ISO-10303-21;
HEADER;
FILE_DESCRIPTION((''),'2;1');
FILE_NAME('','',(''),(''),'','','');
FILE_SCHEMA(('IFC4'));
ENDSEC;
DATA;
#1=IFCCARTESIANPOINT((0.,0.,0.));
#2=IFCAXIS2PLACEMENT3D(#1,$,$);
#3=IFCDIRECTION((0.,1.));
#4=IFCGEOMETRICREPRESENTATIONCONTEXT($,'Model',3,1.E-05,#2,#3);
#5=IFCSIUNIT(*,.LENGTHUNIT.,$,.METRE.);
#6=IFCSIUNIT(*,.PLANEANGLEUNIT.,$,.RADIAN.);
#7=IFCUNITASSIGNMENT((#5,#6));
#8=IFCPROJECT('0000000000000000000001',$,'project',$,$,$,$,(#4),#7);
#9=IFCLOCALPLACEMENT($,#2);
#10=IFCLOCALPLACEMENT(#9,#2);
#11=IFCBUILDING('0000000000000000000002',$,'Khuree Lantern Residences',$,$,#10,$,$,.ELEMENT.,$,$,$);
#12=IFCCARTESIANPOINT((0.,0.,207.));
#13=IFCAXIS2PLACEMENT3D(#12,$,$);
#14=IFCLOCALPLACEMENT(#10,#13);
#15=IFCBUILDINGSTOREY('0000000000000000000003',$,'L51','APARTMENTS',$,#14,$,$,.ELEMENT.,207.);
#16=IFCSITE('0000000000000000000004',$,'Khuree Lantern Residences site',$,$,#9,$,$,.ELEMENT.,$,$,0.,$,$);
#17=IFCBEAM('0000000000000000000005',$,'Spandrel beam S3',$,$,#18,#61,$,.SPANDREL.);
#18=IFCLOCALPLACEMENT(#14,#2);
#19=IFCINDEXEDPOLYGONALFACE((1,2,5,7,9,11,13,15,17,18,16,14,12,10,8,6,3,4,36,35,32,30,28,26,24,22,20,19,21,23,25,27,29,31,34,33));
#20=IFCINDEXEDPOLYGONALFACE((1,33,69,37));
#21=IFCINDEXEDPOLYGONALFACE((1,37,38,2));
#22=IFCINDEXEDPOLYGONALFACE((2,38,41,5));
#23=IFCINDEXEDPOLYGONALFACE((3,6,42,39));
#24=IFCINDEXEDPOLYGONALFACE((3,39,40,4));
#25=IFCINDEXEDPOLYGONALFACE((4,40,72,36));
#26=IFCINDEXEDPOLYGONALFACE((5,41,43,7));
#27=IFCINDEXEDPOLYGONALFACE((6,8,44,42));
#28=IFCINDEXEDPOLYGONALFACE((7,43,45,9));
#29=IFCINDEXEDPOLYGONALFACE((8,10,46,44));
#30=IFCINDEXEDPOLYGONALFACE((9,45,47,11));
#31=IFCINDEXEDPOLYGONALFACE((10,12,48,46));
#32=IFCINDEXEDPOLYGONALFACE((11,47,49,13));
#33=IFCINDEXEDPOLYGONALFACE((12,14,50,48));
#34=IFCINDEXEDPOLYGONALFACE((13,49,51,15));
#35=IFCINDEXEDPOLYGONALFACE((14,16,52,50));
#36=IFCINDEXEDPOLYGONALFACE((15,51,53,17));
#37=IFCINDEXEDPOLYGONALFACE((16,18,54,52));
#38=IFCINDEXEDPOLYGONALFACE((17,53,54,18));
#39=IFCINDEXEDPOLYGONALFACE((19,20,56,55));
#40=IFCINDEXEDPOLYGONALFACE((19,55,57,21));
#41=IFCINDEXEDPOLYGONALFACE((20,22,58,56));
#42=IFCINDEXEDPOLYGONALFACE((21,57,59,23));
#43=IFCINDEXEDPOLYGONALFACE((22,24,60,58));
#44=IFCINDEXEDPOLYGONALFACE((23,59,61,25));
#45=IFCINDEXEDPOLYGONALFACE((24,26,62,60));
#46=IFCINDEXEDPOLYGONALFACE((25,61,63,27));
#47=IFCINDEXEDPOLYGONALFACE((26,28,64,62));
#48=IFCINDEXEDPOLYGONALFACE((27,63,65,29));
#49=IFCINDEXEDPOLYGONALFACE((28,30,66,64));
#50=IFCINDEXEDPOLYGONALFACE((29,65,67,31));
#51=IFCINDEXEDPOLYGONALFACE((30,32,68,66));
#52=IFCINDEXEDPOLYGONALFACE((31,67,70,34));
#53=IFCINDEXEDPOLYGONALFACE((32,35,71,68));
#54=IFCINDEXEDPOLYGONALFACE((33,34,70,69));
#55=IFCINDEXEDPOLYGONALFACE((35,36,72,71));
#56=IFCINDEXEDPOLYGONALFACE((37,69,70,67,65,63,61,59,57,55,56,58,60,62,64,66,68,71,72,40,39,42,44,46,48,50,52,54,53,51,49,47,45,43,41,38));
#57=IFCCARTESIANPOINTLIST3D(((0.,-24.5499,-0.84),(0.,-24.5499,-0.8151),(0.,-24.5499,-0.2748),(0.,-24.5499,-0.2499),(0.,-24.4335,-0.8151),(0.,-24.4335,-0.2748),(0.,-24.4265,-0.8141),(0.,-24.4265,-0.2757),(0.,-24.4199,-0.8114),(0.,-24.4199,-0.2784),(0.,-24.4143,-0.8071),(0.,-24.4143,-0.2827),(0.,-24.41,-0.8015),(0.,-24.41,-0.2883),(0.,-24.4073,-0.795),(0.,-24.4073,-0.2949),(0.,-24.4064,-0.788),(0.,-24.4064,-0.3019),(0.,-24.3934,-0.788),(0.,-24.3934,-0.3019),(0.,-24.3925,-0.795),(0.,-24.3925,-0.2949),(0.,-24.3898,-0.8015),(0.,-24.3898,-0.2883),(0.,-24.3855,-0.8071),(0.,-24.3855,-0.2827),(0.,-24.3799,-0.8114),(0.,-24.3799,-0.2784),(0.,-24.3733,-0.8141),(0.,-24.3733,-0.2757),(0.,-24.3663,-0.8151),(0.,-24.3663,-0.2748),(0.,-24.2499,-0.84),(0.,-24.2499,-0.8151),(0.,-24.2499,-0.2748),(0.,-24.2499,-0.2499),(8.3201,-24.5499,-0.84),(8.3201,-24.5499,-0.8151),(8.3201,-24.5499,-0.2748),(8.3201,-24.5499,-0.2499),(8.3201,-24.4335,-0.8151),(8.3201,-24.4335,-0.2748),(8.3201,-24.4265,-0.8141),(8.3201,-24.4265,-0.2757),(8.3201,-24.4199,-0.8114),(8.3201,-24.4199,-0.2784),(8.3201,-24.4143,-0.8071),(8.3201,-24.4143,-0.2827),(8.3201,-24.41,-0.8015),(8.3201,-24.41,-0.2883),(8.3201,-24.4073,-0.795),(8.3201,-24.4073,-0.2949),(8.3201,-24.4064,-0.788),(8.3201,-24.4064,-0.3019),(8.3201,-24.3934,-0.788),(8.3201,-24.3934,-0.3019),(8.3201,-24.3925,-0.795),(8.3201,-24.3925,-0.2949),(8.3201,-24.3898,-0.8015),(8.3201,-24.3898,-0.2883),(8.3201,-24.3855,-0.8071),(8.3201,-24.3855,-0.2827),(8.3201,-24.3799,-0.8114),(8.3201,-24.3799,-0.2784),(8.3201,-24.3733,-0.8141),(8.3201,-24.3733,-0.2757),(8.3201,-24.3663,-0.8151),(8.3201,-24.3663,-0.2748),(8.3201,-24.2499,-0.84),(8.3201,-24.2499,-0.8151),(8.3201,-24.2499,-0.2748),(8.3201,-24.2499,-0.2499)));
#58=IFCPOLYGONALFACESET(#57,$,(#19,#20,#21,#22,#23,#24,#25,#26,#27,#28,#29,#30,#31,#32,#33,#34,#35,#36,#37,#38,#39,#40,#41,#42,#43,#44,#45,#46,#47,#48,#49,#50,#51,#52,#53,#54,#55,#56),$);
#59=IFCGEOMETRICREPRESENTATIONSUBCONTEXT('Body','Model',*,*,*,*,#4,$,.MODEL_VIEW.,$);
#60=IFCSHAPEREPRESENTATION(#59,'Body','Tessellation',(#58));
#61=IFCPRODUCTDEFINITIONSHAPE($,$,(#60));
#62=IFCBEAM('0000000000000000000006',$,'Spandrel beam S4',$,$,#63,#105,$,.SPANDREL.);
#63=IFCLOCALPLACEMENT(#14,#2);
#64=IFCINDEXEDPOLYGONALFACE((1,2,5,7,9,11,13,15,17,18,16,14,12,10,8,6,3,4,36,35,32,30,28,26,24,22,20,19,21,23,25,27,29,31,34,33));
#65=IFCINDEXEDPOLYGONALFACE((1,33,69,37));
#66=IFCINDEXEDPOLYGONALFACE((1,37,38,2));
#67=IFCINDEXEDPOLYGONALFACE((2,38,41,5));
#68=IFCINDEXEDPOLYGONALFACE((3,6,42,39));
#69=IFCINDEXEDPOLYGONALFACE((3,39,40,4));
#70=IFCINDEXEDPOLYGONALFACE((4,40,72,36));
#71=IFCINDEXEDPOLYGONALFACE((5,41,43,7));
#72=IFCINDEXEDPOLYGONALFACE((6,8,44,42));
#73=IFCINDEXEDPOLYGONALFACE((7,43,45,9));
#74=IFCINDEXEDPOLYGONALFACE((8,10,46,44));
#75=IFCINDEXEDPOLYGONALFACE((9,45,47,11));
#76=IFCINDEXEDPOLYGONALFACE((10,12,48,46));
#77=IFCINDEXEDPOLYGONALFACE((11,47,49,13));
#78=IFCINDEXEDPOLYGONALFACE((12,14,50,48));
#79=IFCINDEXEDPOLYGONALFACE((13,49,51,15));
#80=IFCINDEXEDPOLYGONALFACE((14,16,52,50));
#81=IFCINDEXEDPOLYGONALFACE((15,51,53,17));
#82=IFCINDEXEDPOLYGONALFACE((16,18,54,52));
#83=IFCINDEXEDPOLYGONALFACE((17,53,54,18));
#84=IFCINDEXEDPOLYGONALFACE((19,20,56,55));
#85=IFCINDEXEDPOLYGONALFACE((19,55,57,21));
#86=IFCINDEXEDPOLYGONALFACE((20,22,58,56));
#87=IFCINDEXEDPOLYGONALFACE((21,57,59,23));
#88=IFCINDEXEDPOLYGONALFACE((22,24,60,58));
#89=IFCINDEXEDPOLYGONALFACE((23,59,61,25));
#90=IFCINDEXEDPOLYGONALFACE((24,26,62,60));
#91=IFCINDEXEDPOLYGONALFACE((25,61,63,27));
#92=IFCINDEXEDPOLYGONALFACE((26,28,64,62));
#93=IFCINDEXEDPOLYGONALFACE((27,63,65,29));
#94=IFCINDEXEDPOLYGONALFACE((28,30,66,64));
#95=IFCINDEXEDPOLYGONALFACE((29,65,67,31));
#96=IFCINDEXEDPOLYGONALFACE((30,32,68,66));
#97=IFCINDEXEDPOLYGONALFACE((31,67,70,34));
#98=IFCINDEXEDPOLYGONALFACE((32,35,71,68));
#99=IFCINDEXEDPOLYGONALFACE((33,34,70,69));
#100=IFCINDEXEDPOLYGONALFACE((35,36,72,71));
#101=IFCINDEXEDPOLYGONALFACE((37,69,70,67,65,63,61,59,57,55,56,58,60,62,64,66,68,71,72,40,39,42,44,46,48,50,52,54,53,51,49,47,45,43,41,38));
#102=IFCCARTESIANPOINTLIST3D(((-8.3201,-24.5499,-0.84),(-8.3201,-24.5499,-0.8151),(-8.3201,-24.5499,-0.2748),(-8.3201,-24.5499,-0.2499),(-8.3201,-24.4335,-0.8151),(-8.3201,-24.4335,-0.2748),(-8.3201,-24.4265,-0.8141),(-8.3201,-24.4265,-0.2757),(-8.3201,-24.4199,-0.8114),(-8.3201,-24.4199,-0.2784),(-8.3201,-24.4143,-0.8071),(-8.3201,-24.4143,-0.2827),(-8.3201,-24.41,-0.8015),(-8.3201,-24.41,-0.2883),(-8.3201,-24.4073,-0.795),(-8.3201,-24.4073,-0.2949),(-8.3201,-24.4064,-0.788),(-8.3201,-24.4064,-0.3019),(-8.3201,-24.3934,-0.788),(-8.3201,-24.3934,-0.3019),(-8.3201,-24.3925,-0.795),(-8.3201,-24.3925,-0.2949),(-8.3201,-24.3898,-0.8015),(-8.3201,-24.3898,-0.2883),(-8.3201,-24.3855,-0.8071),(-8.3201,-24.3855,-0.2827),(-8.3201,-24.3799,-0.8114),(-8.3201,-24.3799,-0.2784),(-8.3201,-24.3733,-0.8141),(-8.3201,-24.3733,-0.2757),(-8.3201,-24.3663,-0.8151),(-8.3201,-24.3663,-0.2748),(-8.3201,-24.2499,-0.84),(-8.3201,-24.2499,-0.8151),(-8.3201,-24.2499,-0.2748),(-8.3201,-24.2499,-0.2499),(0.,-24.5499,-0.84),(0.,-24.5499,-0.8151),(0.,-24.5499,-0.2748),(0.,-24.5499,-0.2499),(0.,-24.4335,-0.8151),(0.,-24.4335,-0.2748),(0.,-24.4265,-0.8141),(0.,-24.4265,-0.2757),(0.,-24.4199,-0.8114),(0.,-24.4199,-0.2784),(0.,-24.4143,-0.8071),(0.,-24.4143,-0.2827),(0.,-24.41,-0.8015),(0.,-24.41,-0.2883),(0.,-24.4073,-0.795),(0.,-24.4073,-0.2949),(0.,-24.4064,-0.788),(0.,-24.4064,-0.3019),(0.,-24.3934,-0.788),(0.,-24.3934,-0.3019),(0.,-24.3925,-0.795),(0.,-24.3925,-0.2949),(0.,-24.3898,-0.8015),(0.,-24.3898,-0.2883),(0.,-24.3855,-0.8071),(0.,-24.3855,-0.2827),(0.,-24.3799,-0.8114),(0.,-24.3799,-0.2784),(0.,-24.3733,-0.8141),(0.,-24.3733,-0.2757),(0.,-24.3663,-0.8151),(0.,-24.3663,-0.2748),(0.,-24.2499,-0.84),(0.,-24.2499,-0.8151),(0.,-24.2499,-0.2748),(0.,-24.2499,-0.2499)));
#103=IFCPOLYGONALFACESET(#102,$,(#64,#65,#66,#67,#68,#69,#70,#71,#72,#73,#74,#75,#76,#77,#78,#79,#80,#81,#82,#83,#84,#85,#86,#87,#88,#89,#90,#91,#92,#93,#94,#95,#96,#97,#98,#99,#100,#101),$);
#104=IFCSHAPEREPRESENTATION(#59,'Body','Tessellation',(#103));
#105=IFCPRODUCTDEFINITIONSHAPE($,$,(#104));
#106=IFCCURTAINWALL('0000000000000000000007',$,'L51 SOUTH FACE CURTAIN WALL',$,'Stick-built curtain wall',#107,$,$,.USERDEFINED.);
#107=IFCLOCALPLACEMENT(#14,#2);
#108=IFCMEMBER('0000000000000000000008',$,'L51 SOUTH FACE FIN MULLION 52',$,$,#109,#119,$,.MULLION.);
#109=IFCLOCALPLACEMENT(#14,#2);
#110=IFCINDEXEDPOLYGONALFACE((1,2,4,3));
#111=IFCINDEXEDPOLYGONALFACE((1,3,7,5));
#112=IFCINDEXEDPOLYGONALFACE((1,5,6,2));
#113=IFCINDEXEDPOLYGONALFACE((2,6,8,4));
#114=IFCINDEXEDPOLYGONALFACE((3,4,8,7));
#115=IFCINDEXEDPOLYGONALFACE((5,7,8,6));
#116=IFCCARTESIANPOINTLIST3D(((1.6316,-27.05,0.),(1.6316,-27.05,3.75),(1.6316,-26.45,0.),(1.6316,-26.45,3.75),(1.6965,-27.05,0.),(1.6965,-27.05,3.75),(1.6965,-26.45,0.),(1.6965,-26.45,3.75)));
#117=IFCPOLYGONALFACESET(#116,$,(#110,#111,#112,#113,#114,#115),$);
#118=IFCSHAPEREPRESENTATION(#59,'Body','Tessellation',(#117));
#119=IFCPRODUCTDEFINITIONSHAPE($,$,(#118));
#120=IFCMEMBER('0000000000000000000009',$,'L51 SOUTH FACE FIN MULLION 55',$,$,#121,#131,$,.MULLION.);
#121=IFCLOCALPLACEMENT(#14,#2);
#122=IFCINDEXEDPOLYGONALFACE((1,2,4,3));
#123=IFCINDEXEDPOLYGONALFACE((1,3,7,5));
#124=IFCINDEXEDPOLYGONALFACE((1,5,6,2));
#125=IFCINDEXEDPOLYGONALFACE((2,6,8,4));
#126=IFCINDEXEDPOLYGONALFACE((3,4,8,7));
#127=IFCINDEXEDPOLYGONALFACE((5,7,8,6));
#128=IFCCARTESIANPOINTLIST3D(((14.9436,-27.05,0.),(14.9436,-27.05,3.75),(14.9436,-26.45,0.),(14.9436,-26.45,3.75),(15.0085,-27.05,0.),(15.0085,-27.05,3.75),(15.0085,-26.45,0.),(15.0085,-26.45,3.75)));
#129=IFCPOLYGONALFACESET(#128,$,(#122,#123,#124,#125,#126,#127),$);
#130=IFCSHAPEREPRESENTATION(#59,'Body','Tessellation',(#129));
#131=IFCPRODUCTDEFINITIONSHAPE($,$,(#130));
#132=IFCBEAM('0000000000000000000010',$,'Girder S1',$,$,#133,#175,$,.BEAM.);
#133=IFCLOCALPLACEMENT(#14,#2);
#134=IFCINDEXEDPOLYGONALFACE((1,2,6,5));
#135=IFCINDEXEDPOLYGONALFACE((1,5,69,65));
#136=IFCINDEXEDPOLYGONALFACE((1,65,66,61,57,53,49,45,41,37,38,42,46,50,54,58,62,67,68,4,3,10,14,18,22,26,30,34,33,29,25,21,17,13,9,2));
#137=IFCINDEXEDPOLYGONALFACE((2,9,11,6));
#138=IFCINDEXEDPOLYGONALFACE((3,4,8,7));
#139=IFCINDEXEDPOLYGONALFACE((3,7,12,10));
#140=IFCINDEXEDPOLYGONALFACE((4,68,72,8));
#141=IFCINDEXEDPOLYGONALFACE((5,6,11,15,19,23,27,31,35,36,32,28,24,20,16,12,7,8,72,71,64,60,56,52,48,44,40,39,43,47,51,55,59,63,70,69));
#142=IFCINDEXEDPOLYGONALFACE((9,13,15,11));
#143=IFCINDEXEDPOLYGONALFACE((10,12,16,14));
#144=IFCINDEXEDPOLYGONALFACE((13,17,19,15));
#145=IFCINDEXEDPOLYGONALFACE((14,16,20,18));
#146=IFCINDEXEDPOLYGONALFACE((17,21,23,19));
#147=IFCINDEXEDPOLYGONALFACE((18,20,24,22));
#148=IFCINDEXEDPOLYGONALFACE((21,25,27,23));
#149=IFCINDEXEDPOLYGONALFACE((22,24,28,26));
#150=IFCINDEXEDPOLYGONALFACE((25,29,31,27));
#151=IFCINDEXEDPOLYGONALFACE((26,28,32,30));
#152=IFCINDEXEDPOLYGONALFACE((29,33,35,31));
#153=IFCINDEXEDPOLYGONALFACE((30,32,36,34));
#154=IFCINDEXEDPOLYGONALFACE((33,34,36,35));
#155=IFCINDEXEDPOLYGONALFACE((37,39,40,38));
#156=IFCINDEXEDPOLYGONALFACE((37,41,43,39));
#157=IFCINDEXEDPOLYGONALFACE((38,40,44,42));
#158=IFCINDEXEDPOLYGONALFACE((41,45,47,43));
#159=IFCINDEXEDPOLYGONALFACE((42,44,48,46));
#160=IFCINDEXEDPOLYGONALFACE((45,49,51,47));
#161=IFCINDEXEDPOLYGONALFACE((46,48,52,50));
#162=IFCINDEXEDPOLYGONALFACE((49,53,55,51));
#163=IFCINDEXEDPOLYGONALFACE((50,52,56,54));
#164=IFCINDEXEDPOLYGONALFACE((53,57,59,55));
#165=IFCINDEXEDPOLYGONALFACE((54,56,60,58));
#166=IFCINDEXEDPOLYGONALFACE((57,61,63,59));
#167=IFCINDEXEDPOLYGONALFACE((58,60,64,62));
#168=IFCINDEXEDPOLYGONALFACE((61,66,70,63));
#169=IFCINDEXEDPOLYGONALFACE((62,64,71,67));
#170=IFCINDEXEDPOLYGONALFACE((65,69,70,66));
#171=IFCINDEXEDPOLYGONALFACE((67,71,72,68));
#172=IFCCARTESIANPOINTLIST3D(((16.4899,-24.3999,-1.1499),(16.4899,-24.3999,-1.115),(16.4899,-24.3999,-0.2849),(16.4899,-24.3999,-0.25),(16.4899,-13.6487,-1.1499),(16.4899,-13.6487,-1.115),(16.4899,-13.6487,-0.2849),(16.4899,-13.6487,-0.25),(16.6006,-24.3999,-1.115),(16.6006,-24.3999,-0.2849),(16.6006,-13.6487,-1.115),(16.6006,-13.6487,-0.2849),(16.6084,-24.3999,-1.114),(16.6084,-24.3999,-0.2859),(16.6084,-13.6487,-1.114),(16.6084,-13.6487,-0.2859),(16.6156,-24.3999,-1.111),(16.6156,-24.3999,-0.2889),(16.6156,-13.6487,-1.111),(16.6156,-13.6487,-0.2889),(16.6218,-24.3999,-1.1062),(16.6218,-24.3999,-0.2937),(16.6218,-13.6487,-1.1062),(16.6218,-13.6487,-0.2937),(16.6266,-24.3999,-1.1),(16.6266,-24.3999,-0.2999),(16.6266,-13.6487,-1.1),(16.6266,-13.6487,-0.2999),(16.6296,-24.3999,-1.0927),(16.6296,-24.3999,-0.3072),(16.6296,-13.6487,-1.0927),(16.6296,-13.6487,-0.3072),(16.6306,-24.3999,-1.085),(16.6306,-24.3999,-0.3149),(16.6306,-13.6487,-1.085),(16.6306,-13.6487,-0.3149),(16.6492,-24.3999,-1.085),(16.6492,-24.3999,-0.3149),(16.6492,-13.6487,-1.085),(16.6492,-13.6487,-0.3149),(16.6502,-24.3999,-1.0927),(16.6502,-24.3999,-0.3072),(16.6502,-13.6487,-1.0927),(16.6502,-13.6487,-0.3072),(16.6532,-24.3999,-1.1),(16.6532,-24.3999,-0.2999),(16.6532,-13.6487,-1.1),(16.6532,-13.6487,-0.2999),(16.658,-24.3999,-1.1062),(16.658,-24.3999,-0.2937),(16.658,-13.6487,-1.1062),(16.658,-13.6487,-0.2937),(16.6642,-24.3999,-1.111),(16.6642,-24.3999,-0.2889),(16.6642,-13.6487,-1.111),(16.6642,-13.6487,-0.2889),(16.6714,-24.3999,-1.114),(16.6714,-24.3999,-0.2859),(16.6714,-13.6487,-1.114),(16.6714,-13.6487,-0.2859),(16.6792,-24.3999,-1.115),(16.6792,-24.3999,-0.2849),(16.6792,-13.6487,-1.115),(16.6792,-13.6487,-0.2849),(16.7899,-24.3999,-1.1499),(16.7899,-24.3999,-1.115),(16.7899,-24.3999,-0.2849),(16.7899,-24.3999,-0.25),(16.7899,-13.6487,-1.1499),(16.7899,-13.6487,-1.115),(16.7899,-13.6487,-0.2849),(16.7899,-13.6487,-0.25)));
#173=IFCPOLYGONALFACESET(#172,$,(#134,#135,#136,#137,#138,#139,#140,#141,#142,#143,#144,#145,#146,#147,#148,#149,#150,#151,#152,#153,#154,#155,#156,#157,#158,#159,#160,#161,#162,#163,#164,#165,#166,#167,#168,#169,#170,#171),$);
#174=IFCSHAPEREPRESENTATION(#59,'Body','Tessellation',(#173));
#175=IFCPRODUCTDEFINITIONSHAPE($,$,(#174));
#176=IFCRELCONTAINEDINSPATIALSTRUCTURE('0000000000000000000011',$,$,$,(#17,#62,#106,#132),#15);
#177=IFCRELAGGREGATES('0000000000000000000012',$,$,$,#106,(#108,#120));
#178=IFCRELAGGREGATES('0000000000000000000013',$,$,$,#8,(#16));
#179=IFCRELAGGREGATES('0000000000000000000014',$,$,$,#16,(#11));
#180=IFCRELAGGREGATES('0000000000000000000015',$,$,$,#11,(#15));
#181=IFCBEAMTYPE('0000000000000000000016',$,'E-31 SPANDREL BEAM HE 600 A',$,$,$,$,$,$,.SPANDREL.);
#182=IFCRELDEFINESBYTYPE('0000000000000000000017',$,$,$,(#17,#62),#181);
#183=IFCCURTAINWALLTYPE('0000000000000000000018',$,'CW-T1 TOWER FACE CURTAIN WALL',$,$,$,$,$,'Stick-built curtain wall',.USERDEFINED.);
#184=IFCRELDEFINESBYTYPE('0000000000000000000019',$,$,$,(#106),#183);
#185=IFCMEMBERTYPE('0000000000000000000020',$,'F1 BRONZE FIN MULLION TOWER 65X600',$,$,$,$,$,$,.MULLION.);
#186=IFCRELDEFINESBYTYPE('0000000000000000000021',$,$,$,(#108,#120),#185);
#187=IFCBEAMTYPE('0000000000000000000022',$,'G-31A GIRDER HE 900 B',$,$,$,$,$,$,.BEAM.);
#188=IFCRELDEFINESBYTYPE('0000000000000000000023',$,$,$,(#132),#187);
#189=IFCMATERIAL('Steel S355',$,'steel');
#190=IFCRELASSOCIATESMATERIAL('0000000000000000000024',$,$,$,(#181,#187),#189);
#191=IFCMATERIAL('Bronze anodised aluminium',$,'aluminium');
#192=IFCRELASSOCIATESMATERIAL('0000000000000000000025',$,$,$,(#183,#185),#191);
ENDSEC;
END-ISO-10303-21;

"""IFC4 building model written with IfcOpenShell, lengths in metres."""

from ifc_helpers import new_model, si_unit, direction, frame, origin, origin_2d, place, context, subcontext, project, spatial, rectangle, i_section, extrude, material, material_profile, profile_set, type_object, element, aggregate, save


model = new_model("IFC4")

# Units and contexts
model_context = context("Model", 3, precision=1e-05, world=origin(), true_north=direction((0.0, 1.0)))
body_context = subcontext(model_context, "Body", "Model", "MODEL_VIEW")
ifc_project = project(units=[si_unit("LENGTHUNIT", "METRE"), si_unit("PLANEANGLEUNIT", "RADIAN")], contexts=[model_context])

# Site, building, storey
site_placement = place(None, origin())
site = spatial("IfcSite", under=ifc_project, at=site_placement, Name="Khuree Lantern Residences site", CompositionType="ELEMENT", RefElevation=0.0)
building_placement = place(site_placement, origin())
building = spatial("IfcBuilding", under=site, at=building_placement, Name="Khuree Lantern Residences", CompositionType="ELEMENT")
storey_placement = place(building_placement, frame((0.0, 0.0, 207.0)))
storey = spatial("IfcBuildingStorey", under=building, at=storey_placement, Name="L51", Description="APARTMENTS", CompositionType="ELEMENT", Elevation=207.0)

# Beams
ifc_material_1 = material(Name="Steel S355", Category="steel")
ifc_material_profile_1 = material_profile(ifc_material_1, i_section(OverallWidth=0.3, OverallDepth=0.5901, WebThickness=0.0129, FlangeThickness=0.0249, FilletRadius=0.0271, at=origin_2d()), Name="HE 600 A")
ifc_profile_set_1 = profile_set([ifc_material_profile_1], Name="Steel S355")
beam_type_1 = type_object("IfcBeamType", Name="E-31 SPANDREL BEAM HE 600 A", PredefinedType="SPANDREL", material=ifc_profile_set_1)
for number, where, z_axis, x_axis, name in (
    (1, (8.3201, -24.3999, -0.5449), (-1.0, 0.0, 0.0), (0.0, -1.0, 0.0), "Spandrel beam S3"),
    (2, (0.0, -24.3999, -0.5449), (-1.0, 0.0, 0.0), (0.0, -1.0, 0.0), "Spandrel beam S4"),
):
    element("IfcBeam", number, at=place(storey_placement, frame(where, z_axis=z_axis, x_axis=x_axis)), inside=storey, type_object=beam_type_1, Name=name, PredefinedType="SPANDREL", context=body_context, shape_type="SweptSolid", body=[
        extrude(i_section(OverallWidth=0.3, OverallDepth=0.5901, WebThickness=0.0129, FlangeThickness=0.0249, FilletRadius=0.0271, at=origin_2d()), origin(), (0.0, 0.0, 1.0), 8.3201),
    ])

# Curtain wall, members
ifc_material_2 = material(Name="Bronze anodised aluminium", Category="aluminium")
curtain_wall_type = type_object("IfcCurtainWallType", Name="CW-T1 TOWER FACE CURTAIN WALL", ElementType="Stick-built curtain wall", PredefinedType="USERDEFINED", material=ifc_material_2)
curtain_wall_placement = place(storey_placement, origin())
curtain_wall = element("IfcCurtainWall", 3, at=curtain_wall_placement, inside=storey, type_object=curtain_wall_type, Name="L51 SOUTH FACE CURTAIN WALL", ObjectType="Stick-built curtain wall", PredefinedType="USERDEFINED")
ifc_material_profile_2 = material_profile(ifc_material_2, rectangle(XDim=0.0649, YDim=0.6001, at=origin_2d()), Name="F1 65X600")
ifc_profile_set_2 = profile_set([ifc_material_profile_2], Name="Bronze anodised aluminium")
member_type_1 = type_object("IfcMemberType", Name="F1 BRONZE FIN MULLION TOWER 65X600", PredefinedType="MULLION", material=ifc_profile_set_2)
member_1_placement = place(storey_placement, frame((1.6641, -26.75, 0.0), z_axis=(0.0, 0.0, 1.0), x_axis=(1.0, 0.0, 0.0)))
member_1 = element("IfcMember", 4, at=member_1_placement, type_object=member_type_1, Name="L51 SOUTH FACE FIN MULLION 52", PredefinedType="MULLION", context=body_context, shape_type="SweptSolid", body=[
    extrude(rectangle(XDim=0.0649, YDim=0.6001, at=origin_2d()), origin(), (0.0, 0.0, 1.0), 3.75),
])
member_2_placement = place(storey_placement, frame((14.9761, -26.75, 0.0), z_axis=(0.0, 0.0, 1.0), x_axis=(1.0, 0.0, 0.0)))
member_2 = element("IfcMember", 5, at=member_2_placement, type_object=member_type_1, Name="L51 SOUTH FACE FIN MULLION 55", PredefinedType="MULLION", context=body_context, shape_type="SweptSolid", body=[
    extrude(rectangle(XDim=0.0649, YDim=0.6001, at=origin_2d()), origin(), (0.0, 0.0, 1.0), 3.75),
])

# Beam
ifc_material_profile_3 = material_profile(ifc_material_1, i_section(OverallWidth=0.3, OverallDepth=0.8999, WebThickness=0.0186, FlangeThickness=0.0349, FilletRadius=0.03, at=origin_2d()), Name="HE 900 B")
ifc_profile_set_3 = profile_set([ifc_material_profile_3], Name="Steel S355")
beam_type_2 = type_object("IfcBeamType", Name="G-31A GIRDER HE 900 B", PredefinedType="BEAM", material=ifc_profile_set_3)
beam_1_placement = place(storey_placement, frame((16.6399, -24.3999, -0.7), z_axis=(0.0, 1.0, 0.0), x_axis=(-1.0, 0.0, 0.0)))
element("IfcBeam", 6, at=beam_1_placement, inside=storey, type_object=beam_type_2, Name="Girder S1", PredefinedType="BEAM", context=body_context, shape_type="SweptSolid", body=[
    extrude(i_section(OverallWidth=0.3, OverallDepth=0.8999, WebThickness=0.0186, FlangeThickness=0.0349, FilletRadius=0.03, at=origin_2d()), origin(), (0.0, 0.0, 1.0), 10.7512),
])

aggregate(curtain_wall, [member_1, member_2])

save(model, "model.ifc")
